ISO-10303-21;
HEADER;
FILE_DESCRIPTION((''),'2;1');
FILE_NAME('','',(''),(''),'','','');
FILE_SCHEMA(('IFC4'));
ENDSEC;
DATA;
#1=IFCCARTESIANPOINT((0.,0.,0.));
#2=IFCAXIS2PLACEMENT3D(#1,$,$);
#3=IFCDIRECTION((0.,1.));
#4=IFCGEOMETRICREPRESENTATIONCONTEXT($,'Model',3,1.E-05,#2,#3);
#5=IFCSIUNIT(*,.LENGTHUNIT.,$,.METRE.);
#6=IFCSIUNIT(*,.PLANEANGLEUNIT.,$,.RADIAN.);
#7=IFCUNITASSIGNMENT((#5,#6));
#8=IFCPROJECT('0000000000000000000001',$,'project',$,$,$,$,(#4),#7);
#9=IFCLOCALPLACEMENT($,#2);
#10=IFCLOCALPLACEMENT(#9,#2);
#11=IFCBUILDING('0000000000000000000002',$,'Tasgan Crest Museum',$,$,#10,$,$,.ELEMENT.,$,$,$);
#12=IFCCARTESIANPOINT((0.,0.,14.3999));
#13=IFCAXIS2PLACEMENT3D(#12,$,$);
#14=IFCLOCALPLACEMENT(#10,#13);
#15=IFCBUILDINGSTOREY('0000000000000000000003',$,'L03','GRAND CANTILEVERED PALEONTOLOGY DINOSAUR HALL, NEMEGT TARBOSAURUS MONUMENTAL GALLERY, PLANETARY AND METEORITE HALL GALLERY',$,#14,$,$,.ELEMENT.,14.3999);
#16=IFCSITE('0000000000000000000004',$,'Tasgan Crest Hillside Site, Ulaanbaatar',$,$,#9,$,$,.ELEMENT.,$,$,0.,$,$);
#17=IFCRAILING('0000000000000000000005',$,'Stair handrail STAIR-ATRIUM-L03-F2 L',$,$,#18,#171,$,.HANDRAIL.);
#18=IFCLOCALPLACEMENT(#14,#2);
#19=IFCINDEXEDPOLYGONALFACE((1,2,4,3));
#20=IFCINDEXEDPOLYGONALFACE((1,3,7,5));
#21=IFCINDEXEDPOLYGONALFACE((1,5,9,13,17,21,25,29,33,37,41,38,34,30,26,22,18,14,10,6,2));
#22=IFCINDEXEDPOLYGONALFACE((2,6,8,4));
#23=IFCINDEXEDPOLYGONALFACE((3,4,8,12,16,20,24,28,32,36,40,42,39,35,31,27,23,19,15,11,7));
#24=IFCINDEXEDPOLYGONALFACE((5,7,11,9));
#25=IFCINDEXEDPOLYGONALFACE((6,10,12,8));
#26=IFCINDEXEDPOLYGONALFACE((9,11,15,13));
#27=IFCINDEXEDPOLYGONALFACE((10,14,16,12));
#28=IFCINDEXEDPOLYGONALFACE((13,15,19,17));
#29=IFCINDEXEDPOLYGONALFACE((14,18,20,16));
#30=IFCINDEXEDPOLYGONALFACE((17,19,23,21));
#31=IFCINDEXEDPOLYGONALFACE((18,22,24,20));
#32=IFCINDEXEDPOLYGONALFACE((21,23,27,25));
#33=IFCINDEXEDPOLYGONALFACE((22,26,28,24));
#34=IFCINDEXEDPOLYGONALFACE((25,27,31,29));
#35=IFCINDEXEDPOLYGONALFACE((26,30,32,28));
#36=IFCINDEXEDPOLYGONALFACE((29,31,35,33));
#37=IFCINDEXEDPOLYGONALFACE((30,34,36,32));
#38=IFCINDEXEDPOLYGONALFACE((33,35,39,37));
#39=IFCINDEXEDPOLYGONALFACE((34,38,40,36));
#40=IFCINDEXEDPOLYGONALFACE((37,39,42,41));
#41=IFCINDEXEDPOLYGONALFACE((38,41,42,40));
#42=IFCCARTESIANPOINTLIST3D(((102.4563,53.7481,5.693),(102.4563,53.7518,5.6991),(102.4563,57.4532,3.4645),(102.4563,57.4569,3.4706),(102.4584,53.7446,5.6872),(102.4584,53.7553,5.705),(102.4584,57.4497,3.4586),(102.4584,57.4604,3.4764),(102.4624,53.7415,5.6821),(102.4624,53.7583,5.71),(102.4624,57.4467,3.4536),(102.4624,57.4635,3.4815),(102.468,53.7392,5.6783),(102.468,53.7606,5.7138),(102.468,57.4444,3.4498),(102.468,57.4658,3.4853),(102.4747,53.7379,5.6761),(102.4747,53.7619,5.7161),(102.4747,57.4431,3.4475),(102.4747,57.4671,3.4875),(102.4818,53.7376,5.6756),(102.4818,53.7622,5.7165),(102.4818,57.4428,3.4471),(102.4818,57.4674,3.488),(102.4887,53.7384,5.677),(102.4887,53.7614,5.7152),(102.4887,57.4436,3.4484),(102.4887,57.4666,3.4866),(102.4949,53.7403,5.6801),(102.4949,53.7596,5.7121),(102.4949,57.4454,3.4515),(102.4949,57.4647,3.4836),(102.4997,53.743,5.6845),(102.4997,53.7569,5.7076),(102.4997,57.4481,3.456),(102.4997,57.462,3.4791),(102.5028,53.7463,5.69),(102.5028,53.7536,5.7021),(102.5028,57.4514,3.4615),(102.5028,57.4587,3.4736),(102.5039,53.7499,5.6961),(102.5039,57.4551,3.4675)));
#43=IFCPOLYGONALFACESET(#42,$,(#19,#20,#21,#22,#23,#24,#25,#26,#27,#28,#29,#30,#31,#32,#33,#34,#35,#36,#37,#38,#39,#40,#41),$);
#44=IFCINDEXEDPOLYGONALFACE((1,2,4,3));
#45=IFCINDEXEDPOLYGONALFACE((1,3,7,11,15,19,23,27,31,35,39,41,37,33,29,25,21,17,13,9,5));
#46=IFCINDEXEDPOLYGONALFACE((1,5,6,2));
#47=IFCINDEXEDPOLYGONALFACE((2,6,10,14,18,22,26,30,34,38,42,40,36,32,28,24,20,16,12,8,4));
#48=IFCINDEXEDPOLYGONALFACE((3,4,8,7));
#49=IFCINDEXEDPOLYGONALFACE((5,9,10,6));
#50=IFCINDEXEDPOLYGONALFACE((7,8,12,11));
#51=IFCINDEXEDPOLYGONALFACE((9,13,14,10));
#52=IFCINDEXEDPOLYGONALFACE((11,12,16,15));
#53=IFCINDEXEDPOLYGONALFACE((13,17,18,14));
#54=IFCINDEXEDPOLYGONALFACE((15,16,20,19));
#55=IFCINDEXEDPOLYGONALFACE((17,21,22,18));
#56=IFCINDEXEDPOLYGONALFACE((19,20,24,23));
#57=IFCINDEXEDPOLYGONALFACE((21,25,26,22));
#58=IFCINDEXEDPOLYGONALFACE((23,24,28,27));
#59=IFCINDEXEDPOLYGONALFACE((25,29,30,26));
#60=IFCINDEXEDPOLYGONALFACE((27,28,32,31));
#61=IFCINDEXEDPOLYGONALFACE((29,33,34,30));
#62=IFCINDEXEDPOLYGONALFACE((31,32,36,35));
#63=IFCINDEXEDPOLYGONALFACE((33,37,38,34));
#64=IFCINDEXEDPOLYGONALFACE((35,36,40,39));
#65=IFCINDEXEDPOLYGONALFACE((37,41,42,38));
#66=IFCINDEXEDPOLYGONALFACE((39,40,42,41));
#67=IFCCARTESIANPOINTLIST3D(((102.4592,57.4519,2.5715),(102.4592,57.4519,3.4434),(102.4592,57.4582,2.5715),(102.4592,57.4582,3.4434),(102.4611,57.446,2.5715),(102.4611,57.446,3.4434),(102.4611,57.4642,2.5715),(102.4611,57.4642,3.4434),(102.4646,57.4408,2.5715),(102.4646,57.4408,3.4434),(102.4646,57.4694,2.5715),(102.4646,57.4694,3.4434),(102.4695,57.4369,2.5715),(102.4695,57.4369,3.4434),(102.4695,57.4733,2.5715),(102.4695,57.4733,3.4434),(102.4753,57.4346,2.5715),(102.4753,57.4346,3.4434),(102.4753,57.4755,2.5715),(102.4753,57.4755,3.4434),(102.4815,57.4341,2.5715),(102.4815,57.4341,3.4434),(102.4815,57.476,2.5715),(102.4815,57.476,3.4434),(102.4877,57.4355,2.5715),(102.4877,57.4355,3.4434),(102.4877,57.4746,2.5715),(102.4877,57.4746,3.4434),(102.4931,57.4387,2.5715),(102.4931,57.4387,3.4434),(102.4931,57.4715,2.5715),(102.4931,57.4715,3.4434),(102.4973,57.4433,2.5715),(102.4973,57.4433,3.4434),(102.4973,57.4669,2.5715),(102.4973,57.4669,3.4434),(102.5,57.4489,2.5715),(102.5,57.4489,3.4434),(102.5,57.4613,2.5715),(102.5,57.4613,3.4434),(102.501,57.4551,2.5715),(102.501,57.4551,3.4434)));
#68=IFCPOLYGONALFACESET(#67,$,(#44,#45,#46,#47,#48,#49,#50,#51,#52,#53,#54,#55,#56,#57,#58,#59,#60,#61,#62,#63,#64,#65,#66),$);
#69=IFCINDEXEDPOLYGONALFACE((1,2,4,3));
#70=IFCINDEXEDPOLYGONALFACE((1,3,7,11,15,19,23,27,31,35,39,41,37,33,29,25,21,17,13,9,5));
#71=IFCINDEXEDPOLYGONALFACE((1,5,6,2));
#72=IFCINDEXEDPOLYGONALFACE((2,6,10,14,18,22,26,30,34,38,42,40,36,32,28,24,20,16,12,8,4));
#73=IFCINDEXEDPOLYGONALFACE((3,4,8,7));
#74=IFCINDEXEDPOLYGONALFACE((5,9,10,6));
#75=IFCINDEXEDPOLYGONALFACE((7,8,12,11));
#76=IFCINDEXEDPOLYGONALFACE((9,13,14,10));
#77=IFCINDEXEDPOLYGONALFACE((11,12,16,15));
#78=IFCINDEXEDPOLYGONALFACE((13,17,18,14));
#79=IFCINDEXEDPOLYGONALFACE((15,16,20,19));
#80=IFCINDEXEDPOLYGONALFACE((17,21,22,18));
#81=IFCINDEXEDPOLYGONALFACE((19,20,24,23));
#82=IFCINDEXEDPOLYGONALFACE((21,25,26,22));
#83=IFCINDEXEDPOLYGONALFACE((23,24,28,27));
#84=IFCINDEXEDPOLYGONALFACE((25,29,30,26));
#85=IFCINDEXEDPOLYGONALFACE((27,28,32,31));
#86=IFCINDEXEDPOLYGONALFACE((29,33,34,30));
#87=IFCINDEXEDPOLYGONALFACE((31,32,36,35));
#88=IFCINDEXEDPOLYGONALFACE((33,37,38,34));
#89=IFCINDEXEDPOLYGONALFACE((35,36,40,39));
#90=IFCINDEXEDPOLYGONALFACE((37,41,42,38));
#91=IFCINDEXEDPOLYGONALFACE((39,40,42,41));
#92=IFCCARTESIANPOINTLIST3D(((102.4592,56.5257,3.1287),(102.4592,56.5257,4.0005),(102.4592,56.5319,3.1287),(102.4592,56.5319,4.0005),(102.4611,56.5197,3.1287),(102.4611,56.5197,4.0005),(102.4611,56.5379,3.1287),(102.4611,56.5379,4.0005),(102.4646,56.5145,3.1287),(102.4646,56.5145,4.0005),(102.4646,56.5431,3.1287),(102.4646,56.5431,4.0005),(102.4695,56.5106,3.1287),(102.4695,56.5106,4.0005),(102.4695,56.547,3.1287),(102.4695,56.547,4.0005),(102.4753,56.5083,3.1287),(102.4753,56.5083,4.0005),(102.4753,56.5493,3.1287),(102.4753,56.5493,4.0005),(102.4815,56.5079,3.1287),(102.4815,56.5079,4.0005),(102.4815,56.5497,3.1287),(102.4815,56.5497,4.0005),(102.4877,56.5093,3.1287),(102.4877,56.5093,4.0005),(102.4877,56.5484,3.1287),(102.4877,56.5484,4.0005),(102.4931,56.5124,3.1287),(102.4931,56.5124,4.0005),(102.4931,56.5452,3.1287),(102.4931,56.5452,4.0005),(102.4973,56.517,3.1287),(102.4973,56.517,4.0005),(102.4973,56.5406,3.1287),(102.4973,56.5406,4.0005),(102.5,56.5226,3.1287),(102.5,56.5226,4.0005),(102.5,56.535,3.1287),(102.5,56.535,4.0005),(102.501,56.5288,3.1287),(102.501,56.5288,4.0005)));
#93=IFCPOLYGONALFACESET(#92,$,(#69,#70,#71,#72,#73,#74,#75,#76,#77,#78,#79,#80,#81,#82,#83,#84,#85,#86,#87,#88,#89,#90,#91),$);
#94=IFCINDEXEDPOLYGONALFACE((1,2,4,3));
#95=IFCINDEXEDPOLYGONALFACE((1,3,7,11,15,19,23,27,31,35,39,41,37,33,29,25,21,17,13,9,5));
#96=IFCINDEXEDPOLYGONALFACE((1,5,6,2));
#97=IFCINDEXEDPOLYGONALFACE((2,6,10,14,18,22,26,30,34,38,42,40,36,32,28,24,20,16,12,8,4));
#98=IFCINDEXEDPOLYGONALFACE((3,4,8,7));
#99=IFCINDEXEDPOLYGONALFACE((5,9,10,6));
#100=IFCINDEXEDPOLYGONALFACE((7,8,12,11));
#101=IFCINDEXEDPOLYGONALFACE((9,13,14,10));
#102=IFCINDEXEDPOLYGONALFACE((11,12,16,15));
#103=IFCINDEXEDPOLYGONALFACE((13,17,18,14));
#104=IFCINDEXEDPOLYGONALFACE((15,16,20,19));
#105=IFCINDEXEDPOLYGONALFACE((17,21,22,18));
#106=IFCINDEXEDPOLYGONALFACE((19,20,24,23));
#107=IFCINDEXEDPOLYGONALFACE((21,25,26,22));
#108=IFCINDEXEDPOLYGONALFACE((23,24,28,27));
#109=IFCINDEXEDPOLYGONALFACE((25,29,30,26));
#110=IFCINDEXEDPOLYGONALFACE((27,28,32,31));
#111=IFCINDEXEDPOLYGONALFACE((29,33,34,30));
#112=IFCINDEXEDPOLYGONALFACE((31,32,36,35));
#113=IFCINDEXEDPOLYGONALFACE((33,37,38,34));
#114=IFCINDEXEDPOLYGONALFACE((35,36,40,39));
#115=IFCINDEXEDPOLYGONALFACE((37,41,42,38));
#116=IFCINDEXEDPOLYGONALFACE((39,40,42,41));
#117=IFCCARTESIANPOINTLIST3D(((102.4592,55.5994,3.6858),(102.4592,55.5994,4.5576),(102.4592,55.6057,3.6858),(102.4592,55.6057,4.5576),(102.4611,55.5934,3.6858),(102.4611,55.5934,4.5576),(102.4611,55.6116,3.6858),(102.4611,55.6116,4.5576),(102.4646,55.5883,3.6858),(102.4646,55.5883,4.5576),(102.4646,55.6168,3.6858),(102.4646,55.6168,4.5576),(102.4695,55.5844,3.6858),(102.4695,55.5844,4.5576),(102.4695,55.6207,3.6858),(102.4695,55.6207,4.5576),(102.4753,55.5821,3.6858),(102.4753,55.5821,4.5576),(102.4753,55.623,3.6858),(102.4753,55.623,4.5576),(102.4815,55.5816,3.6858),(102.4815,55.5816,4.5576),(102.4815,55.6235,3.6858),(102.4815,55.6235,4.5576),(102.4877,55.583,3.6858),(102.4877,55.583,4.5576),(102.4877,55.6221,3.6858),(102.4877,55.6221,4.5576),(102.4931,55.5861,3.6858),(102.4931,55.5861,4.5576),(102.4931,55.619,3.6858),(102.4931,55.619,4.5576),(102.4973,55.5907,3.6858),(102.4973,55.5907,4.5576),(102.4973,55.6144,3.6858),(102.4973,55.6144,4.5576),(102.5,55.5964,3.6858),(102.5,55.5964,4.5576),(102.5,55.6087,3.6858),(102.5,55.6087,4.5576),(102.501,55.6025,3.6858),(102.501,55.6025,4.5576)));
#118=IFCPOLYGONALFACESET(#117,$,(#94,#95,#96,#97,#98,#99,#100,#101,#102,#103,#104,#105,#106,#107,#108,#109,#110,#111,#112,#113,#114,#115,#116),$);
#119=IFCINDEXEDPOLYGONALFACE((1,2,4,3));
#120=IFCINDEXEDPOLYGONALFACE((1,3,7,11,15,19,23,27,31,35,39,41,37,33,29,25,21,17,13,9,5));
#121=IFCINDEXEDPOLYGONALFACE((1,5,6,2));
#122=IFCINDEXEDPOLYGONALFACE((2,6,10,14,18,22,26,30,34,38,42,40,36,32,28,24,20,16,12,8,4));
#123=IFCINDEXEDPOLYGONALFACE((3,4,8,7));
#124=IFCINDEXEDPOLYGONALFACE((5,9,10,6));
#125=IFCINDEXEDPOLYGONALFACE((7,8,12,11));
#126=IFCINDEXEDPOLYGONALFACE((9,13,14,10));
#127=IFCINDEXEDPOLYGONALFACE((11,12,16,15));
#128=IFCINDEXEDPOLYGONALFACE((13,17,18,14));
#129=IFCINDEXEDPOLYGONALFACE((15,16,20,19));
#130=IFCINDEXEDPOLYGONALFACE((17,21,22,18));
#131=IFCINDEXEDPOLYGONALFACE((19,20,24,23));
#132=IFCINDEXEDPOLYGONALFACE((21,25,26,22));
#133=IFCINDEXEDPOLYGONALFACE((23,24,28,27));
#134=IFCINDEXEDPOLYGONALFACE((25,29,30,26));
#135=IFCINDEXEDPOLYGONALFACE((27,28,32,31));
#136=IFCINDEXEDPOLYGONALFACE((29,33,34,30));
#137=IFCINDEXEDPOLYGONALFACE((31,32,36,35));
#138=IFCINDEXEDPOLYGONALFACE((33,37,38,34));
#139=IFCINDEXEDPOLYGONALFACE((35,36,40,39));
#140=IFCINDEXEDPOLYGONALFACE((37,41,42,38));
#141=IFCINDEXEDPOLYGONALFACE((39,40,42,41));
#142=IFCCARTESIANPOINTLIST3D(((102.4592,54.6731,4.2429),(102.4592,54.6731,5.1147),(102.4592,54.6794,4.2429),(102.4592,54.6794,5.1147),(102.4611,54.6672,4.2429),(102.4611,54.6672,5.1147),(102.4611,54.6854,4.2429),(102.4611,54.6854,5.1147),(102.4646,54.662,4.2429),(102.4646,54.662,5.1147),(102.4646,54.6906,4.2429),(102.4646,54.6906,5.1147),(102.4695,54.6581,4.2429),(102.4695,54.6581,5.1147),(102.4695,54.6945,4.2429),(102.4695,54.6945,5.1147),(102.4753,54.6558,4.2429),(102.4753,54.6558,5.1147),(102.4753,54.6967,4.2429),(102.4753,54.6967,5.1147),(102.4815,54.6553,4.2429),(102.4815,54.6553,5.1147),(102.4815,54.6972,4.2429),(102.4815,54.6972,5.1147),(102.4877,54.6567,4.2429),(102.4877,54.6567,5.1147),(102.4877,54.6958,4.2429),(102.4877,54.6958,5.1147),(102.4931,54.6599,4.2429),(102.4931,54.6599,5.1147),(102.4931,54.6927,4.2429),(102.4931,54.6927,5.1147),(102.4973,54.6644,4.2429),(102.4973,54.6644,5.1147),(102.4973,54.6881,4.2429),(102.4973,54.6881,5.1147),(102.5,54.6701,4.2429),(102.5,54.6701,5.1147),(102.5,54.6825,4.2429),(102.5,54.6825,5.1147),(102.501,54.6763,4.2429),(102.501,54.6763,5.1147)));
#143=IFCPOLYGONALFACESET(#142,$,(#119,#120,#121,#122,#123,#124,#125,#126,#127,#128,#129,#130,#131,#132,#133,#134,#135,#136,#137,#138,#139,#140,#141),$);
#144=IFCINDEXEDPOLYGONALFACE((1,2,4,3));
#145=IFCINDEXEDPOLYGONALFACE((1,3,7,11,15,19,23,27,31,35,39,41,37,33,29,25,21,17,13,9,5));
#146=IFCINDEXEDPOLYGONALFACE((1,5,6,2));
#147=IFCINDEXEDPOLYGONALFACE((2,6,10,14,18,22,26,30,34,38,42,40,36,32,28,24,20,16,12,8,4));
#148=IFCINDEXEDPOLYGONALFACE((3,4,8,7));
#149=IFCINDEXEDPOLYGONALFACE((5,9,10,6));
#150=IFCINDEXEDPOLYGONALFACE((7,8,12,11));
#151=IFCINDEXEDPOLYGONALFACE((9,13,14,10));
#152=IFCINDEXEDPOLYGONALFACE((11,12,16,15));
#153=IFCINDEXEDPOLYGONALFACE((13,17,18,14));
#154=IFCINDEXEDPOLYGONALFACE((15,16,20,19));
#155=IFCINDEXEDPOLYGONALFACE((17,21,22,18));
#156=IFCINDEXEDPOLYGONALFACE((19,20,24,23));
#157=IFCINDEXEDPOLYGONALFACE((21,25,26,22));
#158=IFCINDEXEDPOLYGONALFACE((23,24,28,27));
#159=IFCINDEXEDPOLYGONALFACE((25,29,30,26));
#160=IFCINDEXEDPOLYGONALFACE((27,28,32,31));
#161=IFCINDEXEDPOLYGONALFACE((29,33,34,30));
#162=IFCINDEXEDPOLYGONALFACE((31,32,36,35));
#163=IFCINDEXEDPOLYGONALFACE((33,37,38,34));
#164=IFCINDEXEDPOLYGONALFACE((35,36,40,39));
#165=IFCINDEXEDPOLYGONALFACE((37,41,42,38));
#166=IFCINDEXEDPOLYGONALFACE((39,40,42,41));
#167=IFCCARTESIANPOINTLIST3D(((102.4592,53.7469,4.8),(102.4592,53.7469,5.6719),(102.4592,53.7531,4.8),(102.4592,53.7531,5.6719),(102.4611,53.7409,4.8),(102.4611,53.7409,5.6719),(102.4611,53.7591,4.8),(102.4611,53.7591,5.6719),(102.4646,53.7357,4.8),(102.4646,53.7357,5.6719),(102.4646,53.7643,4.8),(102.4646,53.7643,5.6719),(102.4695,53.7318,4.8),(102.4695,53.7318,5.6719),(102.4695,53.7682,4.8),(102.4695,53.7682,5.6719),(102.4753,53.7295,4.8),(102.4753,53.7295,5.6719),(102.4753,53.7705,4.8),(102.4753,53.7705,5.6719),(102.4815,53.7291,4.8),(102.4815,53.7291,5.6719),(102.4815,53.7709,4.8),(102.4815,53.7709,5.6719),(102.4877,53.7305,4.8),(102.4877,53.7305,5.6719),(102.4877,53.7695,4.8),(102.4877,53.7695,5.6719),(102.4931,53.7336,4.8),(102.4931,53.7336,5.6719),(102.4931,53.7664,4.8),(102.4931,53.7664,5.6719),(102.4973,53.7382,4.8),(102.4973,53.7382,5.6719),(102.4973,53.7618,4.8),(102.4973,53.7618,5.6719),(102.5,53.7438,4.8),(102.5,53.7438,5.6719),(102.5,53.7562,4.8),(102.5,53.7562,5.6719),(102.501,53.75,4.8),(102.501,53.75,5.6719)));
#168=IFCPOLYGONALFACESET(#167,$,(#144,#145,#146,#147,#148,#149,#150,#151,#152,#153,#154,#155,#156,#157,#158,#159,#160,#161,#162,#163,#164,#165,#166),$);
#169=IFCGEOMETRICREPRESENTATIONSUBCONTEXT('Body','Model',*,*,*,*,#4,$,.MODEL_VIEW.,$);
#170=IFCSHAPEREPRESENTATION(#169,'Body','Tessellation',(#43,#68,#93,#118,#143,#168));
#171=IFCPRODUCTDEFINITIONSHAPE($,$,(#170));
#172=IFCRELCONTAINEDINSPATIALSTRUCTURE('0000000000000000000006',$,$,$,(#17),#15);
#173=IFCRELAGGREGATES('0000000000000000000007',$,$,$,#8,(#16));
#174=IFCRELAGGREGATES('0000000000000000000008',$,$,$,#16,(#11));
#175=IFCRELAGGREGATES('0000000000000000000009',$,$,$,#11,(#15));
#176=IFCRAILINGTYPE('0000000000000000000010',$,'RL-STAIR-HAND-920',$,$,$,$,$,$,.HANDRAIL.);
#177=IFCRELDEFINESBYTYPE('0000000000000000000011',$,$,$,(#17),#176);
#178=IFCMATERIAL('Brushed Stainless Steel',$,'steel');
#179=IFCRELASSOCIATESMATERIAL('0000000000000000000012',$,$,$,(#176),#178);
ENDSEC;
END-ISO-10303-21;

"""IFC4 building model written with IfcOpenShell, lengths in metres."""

from ifc_helpers import new_model, si_unit, direction, frame, origin, origin_2d, place, context, subcontext, project, spatial, circle, extrude, material, type_object, element, save


model = new_model("IFC4")

# Units and contexts
model_context = context("Model", 3, precision=1e-05, world=origin(), true_north=direction((0.0, 1.0)))
body_context = subcontext(model_context, "Body", "Model", "MODEL_VIEW")
ifc_project = project(units=[si_unit("LENGTHUNIT", "METRE"), si_unit("PLANEANGLEUNIT", "RADIAN")], contexts=[model_context])

# Site, building, storey
site_placement = place(None, origin())
site = spatial("IfcSite", under=ifc_project, at=site_placement, Name="Tasgan Crest Hillside Site, Ulaanbaatar", CompositionType="ELEMENT", RefElevation=0.0)
building_placement = place(site_placement, origin())
building = spatial("IfcBuilding", under=site, at=building_placement, Name="Tasgan Crest Museum", CompositionType="ELEMENT")
storey_placement = place(building_placement, frame((0.0, 0.0, 14.3999)))
storey = spatial("IfcBuildingStorey", under=building, at=storey_placement, Name="L03", Description="GRAND CANTILEVERED PALEONTOLOGY DINOSAUR HALL, NEMEGT TARBOSAURUS MONUMENTAL GALLERY, PLANETARY AND METEORITE HALL GALLERY", CompositionType="ELEMENT", Elevation=14.3999)

# Railing
ifc_material_1 = material(Name="Brushed Stainless Steel", Category="steel")
railing_type_1 = type_object("IfcRailingType", Name="RL-STAIR-HAND-920", PredefinedType="HANDRAIL", material=ifc_material_1)
for number, where, name in (
    (1, (102.48, 57.4551, 2.5715), "Stair handrail STAIR-ATRIUM-L03-F2 L"),
):
    element("IfcRailing", number, at=place(storey_placement, frame(where)), inside=storey, type_object=railing_type_1, Name=name, PredefinedType="HANDRAIL", context=body_context, shape_type="SweptSolid", body=[
        extrude(circle(Radius=0.0239, at=origin_2d()), frame((0.0, 0.0, 0.896), z_axis=(0.0, -0.856934, 0.515425), x_axis=(1.0, 0.0, 0.0)), (0.0, 0.0, 1.0), 4.3237),
        extrude(circle(Radius=0.021, at=origin_2d()), origin(), (0.0, 0.0, 1.0), 0.8718),
        extrude(circle(Radius=0.021, at=origin_2d()), frame((0.0, -0.9263, 0.5571)), (0.0, 0.0, 1.0), 0.8718),
        extrude(circle(Radius=0.021, at=origin_2d()), frame((0.0, -1.8525, 1.1143)), (0.0, 0.0, 1.0), 0.8718),
        extrude(circle(Radius=0.021, at=origin_2d()), frame((0.0, -2.7788, 1.6714)), (0.0, 0.0, 1.0), 0.8718),
        extrude(circle(Radius=0.021, at=origin_2d()), frame((0.0, -3.7051, 2.2285)), (0.0, 0.0, 1.0), 0.8718),
    ])

save(model, "model.ifc")
